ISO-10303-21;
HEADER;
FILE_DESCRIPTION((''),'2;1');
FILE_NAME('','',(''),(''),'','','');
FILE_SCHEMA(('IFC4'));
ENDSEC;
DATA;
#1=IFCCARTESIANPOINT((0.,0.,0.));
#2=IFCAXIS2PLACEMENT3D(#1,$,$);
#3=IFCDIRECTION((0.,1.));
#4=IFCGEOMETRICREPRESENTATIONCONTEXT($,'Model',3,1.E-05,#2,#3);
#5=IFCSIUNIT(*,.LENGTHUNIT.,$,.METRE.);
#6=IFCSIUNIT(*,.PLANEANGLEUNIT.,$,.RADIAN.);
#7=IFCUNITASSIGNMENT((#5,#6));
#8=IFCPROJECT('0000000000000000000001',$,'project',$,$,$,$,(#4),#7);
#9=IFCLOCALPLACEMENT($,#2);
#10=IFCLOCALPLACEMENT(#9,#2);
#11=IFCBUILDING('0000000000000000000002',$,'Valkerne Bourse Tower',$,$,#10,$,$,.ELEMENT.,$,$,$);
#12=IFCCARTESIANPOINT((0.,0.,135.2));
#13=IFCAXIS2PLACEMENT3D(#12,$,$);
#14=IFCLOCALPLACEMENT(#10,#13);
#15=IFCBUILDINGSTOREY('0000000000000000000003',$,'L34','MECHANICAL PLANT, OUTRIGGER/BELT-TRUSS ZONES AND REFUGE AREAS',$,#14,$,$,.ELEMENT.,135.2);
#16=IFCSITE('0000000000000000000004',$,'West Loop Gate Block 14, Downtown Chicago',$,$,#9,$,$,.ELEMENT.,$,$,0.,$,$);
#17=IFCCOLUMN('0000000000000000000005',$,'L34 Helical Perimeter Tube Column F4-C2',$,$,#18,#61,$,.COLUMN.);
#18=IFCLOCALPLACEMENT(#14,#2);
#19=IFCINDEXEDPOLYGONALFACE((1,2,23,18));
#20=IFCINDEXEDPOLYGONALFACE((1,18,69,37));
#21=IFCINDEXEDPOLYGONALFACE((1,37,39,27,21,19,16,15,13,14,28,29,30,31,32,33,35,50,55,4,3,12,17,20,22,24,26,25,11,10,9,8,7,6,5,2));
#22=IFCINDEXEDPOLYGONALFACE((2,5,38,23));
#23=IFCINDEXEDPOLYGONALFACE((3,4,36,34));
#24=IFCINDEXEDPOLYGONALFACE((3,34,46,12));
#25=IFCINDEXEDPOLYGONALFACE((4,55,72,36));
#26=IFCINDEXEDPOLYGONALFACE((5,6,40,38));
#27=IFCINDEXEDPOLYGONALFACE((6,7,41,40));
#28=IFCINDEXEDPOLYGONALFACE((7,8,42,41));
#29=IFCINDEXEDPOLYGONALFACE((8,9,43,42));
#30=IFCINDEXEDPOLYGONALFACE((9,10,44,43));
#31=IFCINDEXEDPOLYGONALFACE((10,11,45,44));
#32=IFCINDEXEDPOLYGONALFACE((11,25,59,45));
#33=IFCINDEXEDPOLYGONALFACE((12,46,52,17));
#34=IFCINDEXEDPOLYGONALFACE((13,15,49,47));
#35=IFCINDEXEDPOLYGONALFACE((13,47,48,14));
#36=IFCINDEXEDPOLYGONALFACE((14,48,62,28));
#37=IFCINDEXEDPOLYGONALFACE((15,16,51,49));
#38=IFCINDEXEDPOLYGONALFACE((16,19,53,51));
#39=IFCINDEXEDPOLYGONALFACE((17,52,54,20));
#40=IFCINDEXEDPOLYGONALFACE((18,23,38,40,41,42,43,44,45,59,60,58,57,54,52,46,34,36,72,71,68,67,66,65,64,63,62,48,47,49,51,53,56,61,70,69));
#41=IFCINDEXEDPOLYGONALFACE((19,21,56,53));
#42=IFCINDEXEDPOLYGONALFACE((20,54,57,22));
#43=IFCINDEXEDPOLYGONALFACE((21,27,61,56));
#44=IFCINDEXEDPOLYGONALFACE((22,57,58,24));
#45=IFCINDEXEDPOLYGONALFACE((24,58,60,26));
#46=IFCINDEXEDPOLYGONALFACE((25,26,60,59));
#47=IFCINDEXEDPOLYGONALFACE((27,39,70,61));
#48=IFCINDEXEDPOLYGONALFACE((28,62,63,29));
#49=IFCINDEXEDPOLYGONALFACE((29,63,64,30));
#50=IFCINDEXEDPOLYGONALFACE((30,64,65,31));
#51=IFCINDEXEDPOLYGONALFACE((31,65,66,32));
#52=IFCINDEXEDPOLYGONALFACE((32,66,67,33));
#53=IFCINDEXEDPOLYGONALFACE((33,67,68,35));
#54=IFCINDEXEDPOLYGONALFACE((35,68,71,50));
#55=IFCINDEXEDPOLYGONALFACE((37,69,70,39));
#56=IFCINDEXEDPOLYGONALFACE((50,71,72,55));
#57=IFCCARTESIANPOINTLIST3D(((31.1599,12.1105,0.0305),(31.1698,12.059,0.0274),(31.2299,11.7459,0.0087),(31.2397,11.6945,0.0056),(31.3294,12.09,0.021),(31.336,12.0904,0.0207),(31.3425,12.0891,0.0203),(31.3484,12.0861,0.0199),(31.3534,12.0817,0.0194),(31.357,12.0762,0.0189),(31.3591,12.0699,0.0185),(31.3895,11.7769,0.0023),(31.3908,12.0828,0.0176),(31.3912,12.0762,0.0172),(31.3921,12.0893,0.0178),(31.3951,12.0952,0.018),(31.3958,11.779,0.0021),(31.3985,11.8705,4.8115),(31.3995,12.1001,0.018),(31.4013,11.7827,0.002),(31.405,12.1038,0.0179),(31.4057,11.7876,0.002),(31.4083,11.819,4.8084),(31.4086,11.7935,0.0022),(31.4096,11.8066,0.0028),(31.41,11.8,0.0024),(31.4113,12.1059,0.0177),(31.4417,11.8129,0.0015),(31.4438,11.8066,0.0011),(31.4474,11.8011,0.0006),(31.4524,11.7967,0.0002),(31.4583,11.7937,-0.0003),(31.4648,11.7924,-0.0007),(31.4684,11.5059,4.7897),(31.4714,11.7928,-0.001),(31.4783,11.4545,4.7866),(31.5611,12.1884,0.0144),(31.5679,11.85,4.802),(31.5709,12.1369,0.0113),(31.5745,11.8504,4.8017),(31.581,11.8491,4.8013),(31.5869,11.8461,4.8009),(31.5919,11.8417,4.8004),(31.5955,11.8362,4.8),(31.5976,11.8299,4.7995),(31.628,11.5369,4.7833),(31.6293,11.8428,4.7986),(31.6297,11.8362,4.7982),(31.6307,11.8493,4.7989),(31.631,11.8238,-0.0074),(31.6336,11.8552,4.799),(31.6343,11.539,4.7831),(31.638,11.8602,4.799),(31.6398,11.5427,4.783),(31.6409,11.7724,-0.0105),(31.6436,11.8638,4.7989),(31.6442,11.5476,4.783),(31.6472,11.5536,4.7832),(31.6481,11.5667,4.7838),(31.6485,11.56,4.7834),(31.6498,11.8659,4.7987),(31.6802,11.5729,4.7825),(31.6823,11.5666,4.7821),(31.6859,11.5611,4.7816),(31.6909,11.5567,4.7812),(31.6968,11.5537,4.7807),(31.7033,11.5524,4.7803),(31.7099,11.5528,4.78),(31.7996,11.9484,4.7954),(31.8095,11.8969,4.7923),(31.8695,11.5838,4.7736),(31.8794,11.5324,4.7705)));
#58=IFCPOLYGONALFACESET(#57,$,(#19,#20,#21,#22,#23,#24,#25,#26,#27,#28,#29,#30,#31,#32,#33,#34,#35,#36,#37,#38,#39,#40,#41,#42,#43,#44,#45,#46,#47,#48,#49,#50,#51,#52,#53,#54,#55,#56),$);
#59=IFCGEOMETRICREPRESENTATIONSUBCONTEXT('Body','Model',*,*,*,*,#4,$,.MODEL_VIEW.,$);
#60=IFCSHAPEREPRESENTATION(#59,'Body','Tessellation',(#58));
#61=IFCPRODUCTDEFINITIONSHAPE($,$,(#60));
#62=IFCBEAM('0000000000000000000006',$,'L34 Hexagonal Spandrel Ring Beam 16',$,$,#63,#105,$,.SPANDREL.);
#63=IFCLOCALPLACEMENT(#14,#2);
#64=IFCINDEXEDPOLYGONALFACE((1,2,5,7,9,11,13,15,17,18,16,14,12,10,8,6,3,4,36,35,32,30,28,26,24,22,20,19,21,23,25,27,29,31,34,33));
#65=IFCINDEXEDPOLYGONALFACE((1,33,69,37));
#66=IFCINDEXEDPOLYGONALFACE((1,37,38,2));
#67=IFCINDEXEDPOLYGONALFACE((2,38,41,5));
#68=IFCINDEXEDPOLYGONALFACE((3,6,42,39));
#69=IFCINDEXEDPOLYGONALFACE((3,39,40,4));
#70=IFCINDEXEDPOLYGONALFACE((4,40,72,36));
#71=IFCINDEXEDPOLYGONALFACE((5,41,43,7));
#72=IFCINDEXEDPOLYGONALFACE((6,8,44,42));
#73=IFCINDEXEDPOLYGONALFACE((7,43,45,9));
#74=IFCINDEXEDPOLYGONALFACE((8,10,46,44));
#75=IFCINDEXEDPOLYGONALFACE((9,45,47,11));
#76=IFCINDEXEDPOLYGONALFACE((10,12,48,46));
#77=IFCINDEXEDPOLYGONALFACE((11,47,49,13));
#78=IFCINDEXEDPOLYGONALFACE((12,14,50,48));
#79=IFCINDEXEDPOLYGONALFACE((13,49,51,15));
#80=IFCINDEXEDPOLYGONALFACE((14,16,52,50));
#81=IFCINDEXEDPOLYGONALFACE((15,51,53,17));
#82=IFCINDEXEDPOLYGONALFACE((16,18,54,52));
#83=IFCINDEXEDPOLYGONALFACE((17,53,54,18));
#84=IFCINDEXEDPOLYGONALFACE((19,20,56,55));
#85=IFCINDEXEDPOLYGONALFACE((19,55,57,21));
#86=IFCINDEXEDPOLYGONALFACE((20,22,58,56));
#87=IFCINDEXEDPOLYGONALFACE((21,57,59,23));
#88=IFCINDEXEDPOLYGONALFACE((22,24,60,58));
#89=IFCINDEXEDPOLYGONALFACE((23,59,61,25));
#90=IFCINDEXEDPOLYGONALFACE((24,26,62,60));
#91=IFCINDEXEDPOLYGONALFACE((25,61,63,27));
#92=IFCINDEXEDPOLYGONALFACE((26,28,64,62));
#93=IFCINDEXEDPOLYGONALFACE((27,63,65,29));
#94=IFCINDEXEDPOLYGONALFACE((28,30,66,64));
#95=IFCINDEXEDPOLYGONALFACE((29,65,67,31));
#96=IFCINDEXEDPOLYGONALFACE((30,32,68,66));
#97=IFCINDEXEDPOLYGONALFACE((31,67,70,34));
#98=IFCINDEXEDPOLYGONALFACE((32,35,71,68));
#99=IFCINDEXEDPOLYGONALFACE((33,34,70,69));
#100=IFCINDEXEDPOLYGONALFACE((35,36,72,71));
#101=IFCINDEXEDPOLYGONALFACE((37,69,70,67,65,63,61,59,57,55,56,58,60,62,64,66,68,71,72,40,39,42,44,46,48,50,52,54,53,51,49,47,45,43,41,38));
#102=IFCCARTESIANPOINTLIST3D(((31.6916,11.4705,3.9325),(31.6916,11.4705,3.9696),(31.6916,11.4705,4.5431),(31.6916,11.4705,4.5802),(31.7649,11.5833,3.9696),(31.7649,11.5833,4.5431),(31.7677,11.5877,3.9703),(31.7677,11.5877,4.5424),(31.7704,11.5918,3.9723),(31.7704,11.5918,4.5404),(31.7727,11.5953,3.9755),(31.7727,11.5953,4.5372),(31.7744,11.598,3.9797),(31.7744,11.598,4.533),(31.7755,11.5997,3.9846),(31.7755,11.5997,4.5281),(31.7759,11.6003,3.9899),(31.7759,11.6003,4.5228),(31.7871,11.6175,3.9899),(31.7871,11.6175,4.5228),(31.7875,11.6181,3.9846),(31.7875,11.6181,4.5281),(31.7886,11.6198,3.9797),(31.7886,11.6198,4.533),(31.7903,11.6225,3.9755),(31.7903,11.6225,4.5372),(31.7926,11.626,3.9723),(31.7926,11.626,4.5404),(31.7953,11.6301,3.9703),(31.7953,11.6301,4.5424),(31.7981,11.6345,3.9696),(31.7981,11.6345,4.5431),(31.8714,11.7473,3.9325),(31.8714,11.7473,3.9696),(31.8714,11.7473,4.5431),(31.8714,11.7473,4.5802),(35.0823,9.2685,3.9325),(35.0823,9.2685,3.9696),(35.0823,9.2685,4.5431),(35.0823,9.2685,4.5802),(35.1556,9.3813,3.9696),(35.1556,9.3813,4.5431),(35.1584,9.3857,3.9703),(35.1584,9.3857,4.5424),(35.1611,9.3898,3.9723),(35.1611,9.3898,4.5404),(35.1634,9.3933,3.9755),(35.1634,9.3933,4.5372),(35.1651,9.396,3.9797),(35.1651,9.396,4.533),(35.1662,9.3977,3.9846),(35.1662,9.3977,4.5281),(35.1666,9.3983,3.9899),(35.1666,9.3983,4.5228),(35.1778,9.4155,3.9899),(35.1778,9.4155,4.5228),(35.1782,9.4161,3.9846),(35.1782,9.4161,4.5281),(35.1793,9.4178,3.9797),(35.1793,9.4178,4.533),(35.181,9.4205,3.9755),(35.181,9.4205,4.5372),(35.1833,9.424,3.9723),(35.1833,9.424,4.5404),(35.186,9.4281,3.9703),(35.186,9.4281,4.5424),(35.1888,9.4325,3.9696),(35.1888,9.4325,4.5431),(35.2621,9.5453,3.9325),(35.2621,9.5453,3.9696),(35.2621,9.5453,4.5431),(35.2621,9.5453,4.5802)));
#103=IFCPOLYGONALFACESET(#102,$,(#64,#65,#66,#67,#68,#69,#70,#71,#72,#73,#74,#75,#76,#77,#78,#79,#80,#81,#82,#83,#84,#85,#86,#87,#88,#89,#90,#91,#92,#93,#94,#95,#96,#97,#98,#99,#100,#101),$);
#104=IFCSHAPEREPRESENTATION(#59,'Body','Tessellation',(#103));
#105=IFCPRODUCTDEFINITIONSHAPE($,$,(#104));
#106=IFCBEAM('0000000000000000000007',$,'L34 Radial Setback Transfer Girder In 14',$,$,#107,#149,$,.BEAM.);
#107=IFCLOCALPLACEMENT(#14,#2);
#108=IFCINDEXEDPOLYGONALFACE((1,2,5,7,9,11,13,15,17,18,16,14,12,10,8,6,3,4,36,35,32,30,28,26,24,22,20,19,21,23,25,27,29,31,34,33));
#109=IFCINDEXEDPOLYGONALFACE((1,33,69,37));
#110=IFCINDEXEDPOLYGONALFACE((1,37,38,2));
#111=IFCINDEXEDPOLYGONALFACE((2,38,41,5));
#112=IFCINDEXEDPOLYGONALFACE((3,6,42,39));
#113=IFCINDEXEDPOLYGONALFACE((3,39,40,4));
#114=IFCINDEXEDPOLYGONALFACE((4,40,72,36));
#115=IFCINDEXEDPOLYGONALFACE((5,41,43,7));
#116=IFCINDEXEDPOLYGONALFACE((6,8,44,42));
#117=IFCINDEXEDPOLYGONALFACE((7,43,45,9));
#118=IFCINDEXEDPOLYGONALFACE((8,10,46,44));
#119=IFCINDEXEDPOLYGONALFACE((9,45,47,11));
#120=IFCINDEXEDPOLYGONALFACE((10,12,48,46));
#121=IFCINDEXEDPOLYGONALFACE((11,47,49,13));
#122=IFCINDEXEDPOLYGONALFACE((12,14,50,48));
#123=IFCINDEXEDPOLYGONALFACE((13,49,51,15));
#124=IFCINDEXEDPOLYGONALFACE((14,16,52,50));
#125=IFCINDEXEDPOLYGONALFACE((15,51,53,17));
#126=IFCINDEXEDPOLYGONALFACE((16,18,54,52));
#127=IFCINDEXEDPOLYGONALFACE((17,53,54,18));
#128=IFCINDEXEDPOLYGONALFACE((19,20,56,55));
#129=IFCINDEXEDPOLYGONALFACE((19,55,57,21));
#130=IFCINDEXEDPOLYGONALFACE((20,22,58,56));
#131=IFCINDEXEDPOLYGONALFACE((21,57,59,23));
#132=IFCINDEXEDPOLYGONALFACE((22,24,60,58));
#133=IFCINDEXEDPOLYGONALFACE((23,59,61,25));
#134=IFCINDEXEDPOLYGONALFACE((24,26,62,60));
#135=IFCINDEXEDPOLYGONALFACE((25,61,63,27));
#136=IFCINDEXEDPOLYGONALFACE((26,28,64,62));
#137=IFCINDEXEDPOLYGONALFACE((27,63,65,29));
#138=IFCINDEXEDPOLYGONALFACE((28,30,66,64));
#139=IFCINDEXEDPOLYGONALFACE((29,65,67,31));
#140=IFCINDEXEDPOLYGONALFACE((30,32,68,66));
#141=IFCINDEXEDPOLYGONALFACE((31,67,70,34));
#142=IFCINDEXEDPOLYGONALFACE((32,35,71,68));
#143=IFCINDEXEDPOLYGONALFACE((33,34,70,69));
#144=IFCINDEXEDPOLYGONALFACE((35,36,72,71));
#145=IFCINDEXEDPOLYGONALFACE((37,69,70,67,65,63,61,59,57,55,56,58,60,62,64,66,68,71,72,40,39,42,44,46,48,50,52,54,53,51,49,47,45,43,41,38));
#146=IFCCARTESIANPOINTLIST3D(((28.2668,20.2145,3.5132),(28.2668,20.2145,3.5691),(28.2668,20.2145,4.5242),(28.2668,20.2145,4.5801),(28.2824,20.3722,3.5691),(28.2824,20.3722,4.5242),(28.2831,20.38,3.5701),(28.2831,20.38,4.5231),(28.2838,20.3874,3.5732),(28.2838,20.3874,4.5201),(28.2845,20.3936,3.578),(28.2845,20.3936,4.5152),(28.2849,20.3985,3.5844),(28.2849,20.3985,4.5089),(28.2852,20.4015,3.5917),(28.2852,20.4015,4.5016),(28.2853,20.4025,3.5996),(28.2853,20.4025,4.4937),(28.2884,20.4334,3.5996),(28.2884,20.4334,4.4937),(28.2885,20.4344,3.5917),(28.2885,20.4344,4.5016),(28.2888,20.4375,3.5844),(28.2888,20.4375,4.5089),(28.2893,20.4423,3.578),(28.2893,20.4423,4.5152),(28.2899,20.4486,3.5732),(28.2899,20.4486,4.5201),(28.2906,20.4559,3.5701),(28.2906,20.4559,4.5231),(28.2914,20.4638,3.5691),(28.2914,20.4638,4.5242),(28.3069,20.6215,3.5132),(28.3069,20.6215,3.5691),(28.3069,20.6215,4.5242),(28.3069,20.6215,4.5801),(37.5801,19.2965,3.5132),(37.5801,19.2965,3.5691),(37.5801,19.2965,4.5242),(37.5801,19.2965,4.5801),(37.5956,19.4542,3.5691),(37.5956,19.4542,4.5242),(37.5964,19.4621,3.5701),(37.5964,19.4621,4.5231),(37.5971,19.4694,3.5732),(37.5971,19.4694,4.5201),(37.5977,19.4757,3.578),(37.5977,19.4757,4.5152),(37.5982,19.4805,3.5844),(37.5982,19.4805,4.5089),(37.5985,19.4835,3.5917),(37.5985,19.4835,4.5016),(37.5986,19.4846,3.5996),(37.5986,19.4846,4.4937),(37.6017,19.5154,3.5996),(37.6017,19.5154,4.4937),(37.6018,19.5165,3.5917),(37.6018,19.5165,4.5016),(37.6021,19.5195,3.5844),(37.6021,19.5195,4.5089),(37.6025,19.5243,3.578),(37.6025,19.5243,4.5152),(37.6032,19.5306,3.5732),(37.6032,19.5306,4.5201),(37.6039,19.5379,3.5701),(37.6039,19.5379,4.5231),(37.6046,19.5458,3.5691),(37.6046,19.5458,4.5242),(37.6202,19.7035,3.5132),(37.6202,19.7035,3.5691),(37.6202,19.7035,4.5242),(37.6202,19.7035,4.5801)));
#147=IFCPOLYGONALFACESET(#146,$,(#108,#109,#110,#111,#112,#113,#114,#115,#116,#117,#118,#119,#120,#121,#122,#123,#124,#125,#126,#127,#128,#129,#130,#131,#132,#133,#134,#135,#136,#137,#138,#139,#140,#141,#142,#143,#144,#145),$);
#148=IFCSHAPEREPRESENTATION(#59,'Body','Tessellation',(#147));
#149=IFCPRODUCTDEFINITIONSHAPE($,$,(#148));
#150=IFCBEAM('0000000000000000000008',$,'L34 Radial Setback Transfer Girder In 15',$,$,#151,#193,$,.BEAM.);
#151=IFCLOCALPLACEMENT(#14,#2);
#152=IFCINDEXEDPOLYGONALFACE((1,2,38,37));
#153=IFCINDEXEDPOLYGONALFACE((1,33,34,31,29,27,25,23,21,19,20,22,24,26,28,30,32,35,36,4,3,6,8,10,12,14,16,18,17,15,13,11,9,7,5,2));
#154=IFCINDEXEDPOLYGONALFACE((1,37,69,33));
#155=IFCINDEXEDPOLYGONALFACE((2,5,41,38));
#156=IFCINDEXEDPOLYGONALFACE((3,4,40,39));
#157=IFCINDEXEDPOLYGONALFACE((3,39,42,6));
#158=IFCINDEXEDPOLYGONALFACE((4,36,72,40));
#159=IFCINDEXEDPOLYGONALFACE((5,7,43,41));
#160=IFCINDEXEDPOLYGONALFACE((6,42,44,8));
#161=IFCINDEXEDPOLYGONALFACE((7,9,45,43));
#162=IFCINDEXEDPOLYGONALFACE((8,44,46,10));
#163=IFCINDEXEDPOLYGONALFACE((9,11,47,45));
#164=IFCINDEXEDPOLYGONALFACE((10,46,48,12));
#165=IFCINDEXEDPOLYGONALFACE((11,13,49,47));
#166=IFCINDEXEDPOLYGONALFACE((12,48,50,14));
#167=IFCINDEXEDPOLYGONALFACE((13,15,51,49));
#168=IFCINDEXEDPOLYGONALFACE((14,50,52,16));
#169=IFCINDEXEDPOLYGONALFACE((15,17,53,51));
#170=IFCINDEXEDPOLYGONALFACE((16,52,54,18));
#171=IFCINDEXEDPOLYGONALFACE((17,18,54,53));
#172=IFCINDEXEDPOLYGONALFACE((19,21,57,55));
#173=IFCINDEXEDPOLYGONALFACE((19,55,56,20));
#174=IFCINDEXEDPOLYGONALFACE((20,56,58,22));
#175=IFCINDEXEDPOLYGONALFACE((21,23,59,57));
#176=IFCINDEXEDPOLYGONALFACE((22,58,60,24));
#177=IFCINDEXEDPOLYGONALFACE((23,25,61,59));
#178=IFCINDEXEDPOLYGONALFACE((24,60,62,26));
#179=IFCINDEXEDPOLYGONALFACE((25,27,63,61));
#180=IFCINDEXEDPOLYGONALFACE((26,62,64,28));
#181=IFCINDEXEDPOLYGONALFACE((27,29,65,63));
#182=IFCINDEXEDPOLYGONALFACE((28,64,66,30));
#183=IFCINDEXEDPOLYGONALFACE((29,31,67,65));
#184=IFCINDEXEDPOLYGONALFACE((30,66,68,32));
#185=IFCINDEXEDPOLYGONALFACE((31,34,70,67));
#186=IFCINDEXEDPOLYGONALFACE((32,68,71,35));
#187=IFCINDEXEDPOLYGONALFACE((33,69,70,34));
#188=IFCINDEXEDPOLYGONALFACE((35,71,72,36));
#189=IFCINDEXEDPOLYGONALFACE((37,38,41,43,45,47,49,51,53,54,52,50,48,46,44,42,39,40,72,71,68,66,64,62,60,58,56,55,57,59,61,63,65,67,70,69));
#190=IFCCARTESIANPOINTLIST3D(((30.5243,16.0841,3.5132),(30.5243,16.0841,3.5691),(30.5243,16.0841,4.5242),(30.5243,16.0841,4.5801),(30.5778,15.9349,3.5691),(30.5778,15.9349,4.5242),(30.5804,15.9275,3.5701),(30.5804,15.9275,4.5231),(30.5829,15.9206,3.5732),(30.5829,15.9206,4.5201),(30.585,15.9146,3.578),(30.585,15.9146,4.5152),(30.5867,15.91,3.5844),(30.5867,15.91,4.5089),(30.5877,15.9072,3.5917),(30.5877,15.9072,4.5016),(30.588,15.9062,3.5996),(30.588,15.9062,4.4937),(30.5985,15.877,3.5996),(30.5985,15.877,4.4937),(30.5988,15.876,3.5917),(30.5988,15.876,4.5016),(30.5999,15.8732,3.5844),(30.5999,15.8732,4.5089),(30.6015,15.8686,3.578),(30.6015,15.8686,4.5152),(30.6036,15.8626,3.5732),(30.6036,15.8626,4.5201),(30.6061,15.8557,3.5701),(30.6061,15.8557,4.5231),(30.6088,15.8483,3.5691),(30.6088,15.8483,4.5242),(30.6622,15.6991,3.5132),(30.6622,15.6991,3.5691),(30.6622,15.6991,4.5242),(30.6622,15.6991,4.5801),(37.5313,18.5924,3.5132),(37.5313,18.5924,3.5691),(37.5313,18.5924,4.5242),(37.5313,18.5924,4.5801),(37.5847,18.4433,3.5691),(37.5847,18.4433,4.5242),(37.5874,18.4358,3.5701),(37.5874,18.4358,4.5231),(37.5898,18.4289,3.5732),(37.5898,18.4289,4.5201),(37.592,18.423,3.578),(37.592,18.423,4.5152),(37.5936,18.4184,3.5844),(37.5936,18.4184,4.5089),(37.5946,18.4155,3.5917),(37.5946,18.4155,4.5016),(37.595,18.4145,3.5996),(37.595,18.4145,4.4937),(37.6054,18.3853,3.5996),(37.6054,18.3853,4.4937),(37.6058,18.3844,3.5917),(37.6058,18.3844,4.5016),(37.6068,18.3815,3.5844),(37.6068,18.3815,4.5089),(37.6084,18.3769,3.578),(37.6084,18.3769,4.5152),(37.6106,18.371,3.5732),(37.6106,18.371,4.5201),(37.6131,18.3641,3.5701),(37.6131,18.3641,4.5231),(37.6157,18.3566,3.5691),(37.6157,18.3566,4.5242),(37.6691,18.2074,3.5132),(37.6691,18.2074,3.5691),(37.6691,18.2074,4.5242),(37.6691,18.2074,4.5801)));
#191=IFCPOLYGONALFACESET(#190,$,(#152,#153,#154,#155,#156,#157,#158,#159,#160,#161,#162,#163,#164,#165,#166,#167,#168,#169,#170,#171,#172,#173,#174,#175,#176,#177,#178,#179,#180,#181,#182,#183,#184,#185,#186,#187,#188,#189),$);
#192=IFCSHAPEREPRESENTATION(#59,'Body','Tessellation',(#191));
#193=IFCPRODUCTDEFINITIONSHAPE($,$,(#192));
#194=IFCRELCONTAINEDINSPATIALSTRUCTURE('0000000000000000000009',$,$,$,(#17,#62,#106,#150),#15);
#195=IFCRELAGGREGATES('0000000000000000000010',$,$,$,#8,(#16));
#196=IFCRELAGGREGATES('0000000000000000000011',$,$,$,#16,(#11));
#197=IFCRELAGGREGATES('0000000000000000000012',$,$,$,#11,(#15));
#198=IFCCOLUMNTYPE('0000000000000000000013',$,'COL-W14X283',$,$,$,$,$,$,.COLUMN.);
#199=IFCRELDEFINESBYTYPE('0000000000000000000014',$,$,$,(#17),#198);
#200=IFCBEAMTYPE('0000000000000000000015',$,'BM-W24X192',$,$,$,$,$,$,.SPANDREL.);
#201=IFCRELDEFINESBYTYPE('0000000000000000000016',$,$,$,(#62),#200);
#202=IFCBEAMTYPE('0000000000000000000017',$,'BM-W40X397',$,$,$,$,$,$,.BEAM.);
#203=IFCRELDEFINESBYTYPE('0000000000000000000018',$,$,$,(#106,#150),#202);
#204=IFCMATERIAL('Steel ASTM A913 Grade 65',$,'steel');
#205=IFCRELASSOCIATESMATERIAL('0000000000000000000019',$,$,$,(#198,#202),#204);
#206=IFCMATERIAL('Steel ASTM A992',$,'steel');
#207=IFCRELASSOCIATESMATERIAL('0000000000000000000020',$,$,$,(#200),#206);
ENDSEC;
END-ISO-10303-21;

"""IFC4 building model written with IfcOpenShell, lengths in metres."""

from ifc_helpers import new_model, si_unit, direction, frame, origin, origin_2d, place, context, subcontext, project, spatial, i_section, extrude, material, material_profile, profile_set, type_object, element, save


model = new_model("IFC4")

# Units and contexts
model_context = context("Model", 3, precision=1e-05, world=origin(), true_north=direction((0.0, 1.0)))
body_context = subcontext(model_context, "Body", "Model", "MODEL_VIEW")
ifc_project = project(units=[si_unit("LENGTHUNIT", "METRE"), si_unit("PLANEANGLEUNIT", "RADIAN")], contexts=[model_context])

# Site, building, storey
site_placement = place(None, origin())
site = spatial("IfcSite", under=ifc_project, at=site_placement, Name="West Loop Gate Block 14, Downtown Chicago", CompositionType="ELEMENT", RefElevation=0.0)
building_placement = place(site_placement, origin())
building = spatial("IfcBuilding", under=site, at=building_placement, Name="Valkerne Bourse Tower", CompositionType="ELEMENT")
storey_placement = place(building_placement, frame((0.0, 0.0, 135.2)))
storey = spatial("IfcBuildingStorey", under=building, at=storey_placement, Name="L34", Description="MECHANICAL PLANT, OUTRIGGER/BELT-TRUSS ZONES AND REFUGE AREAS", CompositionType="ELEMENT", Elevation=135.2)

# Column
ifc_material_1 = material(Name="Steel ASTM A913 Grade 65", Category="steel")
ifc_material_profile_1 = material_profile(ifc_material_1, i_section(OverallWidth=0.4089, OverallDepth=0.4243, WebThickness=0.0327, FlangeThickness=0.0525, FilletRadius=0.0254, at=origin_2d()), Name="W14X283")
ifc_profile_set_1 = profile_set([ifc_material_profile_1], Name="Steel ASTM A913 Grade 65")
column_type = type_object("IfcColumnType", Name="COL-W14X283", PredefinedType="COLUMN", material=ifc_profile_set_1)
column_placement = place(storey_placement, frame((31.4004, 11.9414, 0.01), z_axis=(0.049766, -0.050071, 0.997505), x_axis=(0.980896, 0.190504, -0.039374)))
element("IfcColumn", 1, at=column_placement, inside=storey, type_object=column_type, Name="L34 Helical Perimeter Tube Column F4-C2", PredefinedType="COLUMN", context=body_context, shape_type="SweptSolid", body=[
    extrude(i_section(OverallWidth=0.4089, OverallDepth=0.4243, WebThickness=0.0327, FlangeThickness=0.0525, FilletRadius=0.0254, at=origin_2d()), origin(), (0.0, 0.0, 1.0), 4.793),
])

# Beams
ifc_material_2 = material(Name="Steel ASTM A992", Category="steel")
ifc_material_profile_2 = material_profile(ifc_material_2, i_section(OverallWidth=0.3301, OverallDepth=0.6477, WebThickness=0.0205, FlangeThickness=0.0371, FilletRadius=0.0203, at=origin_2d()), Name="W24X192")
ifc_profile_set_2 = profile_set([ifc_material_profile_2], Name="Steel ASTM A992")
beam_type_1 = type_object("IfcBeamType", Name="BM-W24X192", PredefinedType="SPANDREL", material=ifc_profile_set_2)
beam_1_placement = place(storey_placement, frame((31.7815, 11.6089, 4.2563), z_axis=(0.83867, -0.54464, 0.0), x_axis=(0.54464, 0.83867, 0.0)))
element("IfcBeam", 2, at=beam_1_placement, inside=storey, type_object=beam_type_1, Name="L34 Hexagonal Spandrel Ring Beam 16", PredefinedType="SPANDREL", context=body_context, shape_type="SweptSolid", body=[
    extrude(i_section(OverallWidth=0.3301, OverallDepth=0.6477, WebThickness=0.0205, FlangeThickness=0.0371, FilletRadius=0.0203, at=origin_2d()), origin(), (0.0, 0.0, 1.0), 4.043),
])
ifc_material_profile_3 = material_profile(ifc_material_1, i_section(OverallWidth=0.4089, OverallDepth=1.0669, WebThickness=0.031, FlangeThickness=0.0559, FilletRadius=0.0305, at=origin_2d()), Name="W40X397")
ifc_profile_set_3 = profile_set([ifc_material_profile_3], Name="Steel ASTM A913 Grade 65")
beam_type_2 = type_object("IfcBeamType", Name="BM-W40X397", PredefinedType="BEAM", material=ifc_profile_set_3)
beam_2_placement = place(storey_placement, frame((28.2869, 20.418, 4.0466), z_axis=(0.995177, -0.098091, 0.0), x_axis=(0.098091, 0.995177, 0.0)))
element("IfcBeam", 3, at=beam_2_placement, inside=storey, type_object=beam_type_2, Name="L34 Radial Setback Transfer Girder In 14", PredefinedType="BEAM", context=body_context, shape_type="SweptSolid", body=[
    extrude(i_section(OverallWidth=0.4089, OverallDepth=1.0669, WebThickness=0.031, FlangeThickness=0.0559, FilletRadius=0.0305, at=origin_2d()), origin(), (0.0, 0.0, 1.0), 9.3584),
])
beam_3_placement = place(storey_placement, frame((30.5933, 15.8916, 4.0466), z_axis=(0.941492, 0.337035, 0.0), x_axis=(-0.337035, 0.941492, 0.0)))
element("IfcBeam", 4, at=beam_3_placement, inside=storey, type_object=beam_type_2, Name="L34 Radial Setback Transfer Girder In 15", PredefinedType="BEAM", context=body_context, shape_type="SweptSolid", body=[
    extrude(i_section(OverallWidth=0.4089, OverallDepth=1.0669, WebThickness=0.031, FlangeThickness=0.0559, FilletRadius=0.0305, at=origin_2d()), origin(), (0.0, 0.0, 1.0), 7.4424),
])

save(model, "model.ifc")
